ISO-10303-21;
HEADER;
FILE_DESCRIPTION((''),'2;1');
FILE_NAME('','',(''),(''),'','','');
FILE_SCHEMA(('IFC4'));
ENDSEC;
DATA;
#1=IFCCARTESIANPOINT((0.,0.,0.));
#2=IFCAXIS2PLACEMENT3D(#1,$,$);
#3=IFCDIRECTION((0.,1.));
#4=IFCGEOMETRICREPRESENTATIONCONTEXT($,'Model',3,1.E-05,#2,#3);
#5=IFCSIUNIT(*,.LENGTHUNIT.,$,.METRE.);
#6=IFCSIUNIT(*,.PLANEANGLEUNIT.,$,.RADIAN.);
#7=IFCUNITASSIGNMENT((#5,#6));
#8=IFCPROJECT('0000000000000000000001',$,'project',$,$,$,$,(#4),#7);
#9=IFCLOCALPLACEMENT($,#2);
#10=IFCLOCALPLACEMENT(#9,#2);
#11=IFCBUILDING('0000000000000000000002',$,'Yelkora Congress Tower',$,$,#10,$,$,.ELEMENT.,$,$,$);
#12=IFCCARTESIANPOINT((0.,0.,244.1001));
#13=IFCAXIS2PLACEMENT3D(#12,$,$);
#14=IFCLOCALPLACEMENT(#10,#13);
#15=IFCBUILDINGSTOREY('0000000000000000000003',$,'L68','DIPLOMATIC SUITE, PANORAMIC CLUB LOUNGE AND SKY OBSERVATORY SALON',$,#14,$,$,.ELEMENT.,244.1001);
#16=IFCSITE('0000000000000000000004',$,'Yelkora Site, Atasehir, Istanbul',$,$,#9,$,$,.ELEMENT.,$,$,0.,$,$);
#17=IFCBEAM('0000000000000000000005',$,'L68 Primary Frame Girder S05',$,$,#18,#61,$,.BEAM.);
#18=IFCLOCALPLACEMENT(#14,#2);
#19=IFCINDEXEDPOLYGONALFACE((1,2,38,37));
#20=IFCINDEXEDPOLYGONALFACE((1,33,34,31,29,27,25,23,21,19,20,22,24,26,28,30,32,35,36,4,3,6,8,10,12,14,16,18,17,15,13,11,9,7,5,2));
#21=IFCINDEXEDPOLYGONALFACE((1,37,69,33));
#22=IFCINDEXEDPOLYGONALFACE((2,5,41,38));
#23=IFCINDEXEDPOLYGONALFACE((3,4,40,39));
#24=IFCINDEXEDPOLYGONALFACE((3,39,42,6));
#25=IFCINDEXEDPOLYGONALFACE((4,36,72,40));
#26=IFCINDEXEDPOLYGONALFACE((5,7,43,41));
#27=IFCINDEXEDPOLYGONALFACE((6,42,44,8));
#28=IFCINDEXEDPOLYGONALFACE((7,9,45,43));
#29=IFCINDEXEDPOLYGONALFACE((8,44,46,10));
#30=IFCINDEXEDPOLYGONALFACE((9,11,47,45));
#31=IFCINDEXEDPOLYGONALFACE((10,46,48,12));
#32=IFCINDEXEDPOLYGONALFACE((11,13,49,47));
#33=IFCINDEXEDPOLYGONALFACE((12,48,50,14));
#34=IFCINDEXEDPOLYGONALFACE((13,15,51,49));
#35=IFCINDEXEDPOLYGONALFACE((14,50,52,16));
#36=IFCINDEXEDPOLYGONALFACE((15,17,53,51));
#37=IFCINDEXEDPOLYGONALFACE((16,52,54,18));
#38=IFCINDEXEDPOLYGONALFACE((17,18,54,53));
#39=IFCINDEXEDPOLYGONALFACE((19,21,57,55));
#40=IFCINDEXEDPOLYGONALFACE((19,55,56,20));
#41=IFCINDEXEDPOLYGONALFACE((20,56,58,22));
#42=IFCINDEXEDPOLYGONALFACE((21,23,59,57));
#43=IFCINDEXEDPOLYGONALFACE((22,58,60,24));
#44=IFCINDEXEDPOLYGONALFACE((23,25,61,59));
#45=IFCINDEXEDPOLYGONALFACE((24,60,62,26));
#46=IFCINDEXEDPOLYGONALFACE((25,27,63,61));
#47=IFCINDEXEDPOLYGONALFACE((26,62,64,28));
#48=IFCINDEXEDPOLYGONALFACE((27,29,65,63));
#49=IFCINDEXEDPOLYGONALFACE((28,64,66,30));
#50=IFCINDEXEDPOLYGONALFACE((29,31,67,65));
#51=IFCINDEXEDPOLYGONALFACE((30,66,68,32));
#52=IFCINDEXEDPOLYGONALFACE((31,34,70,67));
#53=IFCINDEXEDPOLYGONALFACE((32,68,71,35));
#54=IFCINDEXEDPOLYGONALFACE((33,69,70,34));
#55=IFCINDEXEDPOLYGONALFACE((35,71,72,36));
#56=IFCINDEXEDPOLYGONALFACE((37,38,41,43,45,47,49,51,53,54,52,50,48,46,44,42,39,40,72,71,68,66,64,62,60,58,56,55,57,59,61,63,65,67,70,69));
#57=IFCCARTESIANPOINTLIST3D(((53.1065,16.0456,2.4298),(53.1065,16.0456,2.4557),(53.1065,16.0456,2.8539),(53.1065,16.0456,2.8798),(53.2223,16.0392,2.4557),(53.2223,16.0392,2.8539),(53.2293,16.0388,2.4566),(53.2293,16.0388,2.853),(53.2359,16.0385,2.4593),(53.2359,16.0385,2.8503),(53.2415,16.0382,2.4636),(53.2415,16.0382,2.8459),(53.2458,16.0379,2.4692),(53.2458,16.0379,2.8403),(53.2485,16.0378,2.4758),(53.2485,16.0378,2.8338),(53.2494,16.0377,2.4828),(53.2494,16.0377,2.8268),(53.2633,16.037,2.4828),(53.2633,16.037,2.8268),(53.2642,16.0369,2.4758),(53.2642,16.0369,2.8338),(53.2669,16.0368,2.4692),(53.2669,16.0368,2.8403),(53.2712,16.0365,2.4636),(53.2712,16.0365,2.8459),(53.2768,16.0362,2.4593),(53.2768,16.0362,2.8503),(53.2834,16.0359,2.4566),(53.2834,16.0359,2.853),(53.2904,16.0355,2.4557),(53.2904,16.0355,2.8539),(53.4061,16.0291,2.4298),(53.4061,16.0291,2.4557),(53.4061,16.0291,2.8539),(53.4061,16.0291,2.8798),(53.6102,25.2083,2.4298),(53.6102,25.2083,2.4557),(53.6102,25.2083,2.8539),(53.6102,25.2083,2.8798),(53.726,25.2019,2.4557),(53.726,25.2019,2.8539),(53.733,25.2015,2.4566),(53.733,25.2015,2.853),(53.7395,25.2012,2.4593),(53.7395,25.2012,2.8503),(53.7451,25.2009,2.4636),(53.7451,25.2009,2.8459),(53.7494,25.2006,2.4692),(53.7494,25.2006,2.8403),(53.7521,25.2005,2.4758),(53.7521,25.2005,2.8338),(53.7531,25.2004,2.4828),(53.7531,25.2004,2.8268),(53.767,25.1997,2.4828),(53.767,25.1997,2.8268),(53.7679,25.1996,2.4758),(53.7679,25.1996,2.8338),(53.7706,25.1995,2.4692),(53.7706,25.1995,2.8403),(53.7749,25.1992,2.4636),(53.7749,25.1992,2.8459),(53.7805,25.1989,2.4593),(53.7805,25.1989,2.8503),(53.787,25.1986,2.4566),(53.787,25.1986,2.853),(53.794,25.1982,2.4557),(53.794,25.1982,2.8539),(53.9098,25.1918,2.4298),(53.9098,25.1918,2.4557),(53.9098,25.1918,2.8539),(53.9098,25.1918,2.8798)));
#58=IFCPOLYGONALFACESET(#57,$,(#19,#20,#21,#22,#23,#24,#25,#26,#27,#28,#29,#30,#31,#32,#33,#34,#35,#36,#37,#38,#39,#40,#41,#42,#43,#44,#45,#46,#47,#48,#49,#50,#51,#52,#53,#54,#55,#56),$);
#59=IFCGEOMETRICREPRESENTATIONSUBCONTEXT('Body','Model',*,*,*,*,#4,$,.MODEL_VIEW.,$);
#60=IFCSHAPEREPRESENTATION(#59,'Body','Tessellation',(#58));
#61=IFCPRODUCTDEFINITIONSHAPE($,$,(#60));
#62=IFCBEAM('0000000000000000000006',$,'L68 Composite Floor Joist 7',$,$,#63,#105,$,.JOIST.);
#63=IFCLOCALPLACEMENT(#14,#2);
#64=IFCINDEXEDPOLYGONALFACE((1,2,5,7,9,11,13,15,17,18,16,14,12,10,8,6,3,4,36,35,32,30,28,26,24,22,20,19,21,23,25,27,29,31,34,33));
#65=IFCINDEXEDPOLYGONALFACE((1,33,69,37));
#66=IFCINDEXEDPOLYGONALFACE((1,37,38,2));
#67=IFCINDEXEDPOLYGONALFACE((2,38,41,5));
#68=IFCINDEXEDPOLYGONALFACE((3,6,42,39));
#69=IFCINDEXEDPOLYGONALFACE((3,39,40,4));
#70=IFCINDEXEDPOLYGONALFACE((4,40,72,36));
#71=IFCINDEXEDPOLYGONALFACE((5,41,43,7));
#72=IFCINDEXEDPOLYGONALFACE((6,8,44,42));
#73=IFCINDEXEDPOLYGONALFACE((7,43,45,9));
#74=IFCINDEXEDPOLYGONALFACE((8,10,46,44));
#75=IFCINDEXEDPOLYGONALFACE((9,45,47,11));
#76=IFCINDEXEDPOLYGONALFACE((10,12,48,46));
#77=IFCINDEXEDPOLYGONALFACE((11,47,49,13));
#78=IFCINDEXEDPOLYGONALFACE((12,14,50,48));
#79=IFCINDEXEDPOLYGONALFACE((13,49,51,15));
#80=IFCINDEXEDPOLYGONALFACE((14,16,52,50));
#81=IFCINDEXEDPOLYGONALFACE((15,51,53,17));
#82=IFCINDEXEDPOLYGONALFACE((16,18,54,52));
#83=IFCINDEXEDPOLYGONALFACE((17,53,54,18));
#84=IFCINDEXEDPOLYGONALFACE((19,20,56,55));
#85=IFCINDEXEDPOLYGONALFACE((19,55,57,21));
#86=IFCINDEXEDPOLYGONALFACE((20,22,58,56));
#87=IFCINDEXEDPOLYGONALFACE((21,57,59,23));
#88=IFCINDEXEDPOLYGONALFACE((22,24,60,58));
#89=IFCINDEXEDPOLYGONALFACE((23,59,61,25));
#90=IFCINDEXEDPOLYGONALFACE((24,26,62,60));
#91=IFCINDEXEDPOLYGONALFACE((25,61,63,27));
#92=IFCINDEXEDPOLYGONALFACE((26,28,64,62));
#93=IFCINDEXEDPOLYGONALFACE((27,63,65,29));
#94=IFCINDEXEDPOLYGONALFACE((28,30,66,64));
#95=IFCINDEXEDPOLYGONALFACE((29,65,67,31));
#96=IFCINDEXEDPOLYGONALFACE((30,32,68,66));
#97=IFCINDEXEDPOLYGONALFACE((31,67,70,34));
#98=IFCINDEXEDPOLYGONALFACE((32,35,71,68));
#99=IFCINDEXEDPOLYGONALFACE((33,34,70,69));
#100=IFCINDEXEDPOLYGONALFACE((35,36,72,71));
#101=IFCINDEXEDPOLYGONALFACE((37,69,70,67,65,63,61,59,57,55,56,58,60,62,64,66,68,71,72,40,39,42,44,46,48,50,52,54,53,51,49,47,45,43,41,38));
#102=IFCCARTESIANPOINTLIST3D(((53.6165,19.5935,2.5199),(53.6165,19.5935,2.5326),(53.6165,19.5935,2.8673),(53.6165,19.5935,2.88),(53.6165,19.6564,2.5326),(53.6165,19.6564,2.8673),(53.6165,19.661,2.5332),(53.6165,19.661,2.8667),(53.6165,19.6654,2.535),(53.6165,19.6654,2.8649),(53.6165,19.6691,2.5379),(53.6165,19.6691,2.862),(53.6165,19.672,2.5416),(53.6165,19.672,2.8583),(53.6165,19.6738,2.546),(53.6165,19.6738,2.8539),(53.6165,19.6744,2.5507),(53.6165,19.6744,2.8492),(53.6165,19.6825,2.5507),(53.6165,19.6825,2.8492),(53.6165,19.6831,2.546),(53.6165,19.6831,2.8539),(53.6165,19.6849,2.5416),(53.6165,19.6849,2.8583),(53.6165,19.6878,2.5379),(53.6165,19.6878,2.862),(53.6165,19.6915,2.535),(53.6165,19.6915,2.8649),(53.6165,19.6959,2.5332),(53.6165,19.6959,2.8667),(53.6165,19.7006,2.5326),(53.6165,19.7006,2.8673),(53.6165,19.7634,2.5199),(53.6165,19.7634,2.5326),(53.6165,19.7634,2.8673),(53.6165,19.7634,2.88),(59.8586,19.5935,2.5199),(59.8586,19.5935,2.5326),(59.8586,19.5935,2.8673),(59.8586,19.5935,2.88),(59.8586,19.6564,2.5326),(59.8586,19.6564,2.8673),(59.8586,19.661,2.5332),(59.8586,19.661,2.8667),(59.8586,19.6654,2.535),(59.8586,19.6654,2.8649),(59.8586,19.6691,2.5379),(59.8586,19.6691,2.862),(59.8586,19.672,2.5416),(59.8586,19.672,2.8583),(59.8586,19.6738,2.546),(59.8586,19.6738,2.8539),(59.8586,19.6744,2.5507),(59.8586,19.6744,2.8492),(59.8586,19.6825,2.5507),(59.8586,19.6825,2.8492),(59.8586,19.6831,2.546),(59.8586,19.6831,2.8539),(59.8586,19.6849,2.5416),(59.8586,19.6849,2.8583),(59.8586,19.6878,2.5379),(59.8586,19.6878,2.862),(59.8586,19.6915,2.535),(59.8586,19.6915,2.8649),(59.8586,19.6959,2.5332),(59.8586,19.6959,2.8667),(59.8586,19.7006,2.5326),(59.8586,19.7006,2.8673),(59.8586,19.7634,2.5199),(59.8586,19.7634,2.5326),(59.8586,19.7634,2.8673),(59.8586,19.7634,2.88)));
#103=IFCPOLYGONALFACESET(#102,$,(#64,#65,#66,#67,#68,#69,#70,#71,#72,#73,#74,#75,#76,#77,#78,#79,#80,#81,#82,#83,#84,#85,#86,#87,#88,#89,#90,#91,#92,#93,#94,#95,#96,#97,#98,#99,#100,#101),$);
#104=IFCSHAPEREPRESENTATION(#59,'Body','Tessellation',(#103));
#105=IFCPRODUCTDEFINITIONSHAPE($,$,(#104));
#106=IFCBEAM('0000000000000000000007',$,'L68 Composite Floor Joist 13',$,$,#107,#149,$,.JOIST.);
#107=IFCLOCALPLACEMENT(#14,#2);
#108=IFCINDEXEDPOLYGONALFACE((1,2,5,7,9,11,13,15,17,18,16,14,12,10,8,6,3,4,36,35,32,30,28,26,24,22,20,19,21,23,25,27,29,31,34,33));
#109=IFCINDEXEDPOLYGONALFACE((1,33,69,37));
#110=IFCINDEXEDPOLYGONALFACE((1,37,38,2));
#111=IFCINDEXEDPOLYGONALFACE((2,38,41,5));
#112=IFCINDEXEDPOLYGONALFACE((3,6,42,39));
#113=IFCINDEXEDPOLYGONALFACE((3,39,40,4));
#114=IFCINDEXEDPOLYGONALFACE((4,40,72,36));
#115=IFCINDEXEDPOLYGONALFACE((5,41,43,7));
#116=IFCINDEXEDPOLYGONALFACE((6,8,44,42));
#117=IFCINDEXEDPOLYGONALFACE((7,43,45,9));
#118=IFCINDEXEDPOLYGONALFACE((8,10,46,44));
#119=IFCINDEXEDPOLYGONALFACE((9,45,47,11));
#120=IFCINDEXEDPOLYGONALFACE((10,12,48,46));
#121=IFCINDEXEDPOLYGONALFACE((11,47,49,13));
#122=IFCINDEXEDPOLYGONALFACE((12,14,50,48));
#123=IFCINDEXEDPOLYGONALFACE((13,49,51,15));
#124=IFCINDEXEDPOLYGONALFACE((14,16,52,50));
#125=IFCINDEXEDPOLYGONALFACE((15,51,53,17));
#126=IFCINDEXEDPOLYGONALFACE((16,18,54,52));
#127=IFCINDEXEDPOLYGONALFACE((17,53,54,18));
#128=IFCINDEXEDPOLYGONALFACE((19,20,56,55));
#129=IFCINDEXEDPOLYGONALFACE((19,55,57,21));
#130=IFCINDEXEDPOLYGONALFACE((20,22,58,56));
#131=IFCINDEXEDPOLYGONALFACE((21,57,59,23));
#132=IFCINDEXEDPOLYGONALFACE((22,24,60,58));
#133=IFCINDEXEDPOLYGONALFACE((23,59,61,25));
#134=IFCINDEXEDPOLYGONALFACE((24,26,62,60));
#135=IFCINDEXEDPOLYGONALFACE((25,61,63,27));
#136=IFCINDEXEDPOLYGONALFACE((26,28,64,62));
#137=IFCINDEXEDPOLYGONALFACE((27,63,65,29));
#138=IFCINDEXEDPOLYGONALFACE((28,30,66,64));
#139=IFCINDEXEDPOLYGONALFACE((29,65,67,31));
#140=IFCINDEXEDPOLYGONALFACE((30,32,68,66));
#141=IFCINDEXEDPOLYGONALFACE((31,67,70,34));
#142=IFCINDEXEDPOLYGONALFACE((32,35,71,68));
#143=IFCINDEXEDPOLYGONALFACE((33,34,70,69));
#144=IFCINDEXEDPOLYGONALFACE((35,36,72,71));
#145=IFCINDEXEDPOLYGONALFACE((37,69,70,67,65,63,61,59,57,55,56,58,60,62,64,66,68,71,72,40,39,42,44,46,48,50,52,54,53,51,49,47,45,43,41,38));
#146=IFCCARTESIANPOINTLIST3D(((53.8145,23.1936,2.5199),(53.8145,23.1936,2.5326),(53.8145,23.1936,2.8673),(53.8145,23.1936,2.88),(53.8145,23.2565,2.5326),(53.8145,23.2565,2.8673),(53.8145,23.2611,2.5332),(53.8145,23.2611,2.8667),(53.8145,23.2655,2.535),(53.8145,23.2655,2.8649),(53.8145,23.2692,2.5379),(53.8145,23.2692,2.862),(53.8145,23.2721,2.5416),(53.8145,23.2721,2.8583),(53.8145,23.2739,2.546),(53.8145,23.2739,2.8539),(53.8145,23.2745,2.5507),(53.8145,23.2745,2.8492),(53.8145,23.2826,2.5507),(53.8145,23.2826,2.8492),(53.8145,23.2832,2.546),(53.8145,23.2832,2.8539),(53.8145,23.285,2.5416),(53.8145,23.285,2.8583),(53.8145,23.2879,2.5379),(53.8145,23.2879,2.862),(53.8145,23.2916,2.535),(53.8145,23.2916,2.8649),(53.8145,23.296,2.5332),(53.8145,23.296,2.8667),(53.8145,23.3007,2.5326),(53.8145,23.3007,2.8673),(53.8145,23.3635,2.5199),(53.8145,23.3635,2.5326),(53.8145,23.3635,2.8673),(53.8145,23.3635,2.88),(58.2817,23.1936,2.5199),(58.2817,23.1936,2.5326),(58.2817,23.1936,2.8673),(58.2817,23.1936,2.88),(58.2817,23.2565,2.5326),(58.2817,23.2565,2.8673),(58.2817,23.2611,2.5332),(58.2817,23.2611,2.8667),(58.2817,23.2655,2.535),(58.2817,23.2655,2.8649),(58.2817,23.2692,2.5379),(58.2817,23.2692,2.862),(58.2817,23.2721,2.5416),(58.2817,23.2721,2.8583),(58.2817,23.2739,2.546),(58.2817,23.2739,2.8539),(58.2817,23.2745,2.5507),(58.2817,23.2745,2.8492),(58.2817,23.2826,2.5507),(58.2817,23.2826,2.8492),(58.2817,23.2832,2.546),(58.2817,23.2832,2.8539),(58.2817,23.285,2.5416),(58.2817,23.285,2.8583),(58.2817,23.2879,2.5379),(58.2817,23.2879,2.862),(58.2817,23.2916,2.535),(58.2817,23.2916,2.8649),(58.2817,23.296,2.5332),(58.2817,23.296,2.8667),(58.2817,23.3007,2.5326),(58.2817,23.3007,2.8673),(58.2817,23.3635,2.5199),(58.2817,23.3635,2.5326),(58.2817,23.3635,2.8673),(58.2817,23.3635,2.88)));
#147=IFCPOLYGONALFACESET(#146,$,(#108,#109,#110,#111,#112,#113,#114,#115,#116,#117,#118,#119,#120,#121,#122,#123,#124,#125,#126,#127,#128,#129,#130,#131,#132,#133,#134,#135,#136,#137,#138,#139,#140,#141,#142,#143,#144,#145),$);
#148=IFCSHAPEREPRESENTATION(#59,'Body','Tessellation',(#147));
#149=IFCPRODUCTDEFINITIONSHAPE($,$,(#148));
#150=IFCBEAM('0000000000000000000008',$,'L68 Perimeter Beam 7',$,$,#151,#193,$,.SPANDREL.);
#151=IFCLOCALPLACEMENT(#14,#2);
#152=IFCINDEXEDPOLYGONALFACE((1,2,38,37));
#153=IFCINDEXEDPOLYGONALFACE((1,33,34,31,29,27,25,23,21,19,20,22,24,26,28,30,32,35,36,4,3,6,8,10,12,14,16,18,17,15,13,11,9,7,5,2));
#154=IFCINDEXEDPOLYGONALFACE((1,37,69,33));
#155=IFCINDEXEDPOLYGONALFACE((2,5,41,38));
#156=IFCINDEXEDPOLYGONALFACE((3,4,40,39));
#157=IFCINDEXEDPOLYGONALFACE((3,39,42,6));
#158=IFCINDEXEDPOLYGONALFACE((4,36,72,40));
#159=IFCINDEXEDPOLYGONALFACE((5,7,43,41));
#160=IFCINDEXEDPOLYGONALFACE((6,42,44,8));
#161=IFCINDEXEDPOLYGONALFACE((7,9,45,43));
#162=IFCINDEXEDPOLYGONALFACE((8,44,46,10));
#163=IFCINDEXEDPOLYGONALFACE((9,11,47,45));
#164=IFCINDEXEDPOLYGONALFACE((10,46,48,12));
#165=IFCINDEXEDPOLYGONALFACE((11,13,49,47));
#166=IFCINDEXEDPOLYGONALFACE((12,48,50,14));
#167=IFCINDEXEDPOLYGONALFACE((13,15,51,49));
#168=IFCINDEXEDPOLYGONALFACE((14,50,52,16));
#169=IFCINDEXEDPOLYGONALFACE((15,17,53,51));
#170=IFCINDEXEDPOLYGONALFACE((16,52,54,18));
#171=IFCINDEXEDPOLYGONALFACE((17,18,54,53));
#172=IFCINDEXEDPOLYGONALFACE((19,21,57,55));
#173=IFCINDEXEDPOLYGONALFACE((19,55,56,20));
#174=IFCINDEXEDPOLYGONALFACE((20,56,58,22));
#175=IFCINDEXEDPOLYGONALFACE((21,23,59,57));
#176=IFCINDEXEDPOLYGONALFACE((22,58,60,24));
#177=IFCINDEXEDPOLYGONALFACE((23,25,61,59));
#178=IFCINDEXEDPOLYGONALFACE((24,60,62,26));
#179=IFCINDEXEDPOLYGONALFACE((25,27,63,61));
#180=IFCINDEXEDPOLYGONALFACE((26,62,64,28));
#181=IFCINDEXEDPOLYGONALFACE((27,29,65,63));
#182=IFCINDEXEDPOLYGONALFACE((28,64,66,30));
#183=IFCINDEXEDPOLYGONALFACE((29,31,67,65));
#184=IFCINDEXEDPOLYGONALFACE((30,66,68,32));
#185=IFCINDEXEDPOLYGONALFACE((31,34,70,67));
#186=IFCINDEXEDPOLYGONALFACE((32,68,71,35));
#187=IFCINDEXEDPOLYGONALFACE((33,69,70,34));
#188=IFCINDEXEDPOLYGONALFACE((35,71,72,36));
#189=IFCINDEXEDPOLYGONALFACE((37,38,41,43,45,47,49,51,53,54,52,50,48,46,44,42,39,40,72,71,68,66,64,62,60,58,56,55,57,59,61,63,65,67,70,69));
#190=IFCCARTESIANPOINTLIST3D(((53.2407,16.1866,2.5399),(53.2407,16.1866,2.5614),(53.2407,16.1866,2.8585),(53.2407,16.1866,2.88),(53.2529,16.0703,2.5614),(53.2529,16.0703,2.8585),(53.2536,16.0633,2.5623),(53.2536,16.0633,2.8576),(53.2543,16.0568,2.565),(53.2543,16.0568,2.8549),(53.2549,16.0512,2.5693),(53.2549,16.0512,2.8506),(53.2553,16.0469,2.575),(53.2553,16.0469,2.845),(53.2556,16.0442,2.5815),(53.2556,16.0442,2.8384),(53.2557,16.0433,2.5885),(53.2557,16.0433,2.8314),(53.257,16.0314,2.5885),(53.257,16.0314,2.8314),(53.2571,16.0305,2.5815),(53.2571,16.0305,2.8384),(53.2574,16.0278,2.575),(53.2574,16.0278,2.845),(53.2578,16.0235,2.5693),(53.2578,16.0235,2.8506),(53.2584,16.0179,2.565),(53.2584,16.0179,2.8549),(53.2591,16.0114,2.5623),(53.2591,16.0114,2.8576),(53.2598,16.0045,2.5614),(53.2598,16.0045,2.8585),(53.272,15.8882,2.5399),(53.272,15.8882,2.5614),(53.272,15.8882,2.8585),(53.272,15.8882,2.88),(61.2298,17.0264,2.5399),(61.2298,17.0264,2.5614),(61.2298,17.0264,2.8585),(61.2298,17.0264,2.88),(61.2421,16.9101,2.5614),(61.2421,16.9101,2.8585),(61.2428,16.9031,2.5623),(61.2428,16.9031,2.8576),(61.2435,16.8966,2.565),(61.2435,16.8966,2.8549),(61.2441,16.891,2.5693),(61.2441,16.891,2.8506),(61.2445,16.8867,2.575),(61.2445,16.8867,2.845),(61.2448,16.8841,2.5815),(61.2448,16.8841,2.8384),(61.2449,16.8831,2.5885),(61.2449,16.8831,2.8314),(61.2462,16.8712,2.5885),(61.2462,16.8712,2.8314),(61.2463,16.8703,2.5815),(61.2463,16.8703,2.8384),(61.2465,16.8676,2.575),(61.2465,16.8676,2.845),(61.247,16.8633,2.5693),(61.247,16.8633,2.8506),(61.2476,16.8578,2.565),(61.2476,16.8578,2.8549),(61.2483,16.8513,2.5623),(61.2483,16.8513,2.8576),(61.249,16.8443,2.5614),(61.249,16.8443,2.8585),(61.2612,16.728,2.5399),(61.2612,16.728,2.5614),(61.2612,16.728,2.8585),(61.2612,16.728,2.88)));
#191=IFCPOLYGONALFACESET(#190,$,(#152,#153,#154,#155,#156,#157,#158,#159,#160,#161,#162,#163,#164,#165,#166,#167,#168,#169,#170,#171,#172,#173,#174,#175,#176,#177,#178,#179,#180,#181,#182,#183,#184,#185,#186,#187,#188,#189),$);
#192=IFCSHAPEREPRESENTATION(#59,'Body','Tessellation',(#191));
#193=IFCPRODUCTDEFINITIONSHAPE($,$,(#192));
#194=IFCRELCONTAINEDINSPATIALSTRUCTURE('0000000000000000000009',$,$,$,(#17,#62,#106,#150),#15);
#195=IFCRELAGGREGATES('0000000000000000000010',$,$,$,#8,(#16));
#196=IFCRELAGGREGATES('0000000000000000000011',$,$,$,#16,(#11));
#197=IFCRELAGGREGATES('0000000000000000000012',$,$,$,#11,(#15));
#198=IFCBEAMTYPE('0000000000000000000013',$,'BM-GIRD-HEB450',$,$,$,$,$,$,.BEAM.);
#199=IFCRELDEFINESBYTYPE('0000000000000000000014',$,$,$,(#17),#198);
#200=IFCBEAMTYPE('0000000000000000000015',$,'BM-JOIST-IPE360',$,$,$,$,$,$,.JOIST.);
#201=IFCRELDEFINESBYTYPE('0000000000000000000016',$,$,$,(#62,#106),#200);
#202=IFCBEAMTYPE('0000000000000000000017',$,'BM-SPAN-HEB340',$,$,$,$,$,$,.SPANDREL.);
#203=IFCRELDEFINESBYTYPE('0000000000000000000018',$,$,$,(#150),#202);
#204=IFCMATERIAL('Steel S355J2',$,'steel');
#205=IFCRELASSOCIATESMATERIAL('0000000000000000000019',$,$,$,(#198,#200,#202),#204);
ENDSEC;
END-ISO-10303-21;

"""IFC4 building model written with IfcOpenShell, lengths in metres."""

from ifc_helpers import new_model, si_unit, direction, frame, origin, origin_2d, place, context, subcontext, project, spatial, i_section, extrude, material, material_profile, profile_set, type_object, element, save


model = new_model("IFC4")

# Units and contexts
model_context = context("Model", 3, precision=1e-05, world=origin(), true_north=direction((0.0, 1.0)))
body_context = subcontext(model_context, "Body", "Model", "MODEL_VIEW")
ifc_project = project(units=[si_unit("LENGTHUNIT", "METRE"), si_unit("PLANEANGLEUNIT", "RADIAN")], contexts=[model_context])

# Site, building, storey
site_placement = place(None, origin())
site = spatial("IfcSite", under=ifc_project, at=site_placement, Name="Yelkora Site, Atasehir, Istanbul", CompositionType="ELEMENT", RefElevation=0.0)
building_placement = place(site_placement, origin())
building = spatial("IfcBuilding", under=site, at=building_placement, Name="Yelkora Congress Tower", CompositionType="ELEMENT")
storey_placement = place(building_placement, frame((0.0, 0.0, 244.1001)))
storey = spatial("IfcBuildingStorey", under=building, at=storey_placement, Name="L68", Description="DIPLOMATIC SUITE, PANORAMIC CLUB LOUNGE AND SKY OBSERVATORY SALON", CompositionType="ELEMENT", Elevation=244.1001)

# Shared definitions
ifc_material_1 = material(Name="Steel S355J2", Category="steel")

# Beams
ifc_material_profile_1 = material_profile(ifc_material_1, i_section(OverallWidth=0.3, OverallDepth=0.45, WebThickness=0.0139, FlangeThickness=0.0259, FilletRadius=0.0271, at=origin_2d()), Name="HEB 450")
ifc_profile_set_1 = profile_set([ifc_material_profile_1], Name="Steel S355J2")
beam_type_1 = type_object("IfcBeamType", Name="BM-GIRD-HEB450", PredefinedType="BEAM", material=ifc_profile_set_1)
beam_1_placement = place(storey_placement, frame((53.2563, 16.0374, 2.6548), z_axis=(0.054886, 0.998493, 0.0), x_axis=(-0.998493, 0.054886, 0.0)))
element("IfcBeam", 1, at=beam_1_placement, inside=storey, type_object=beam_type_1, Name="L68 Primary Frame Girder S05", PredefinedType="BEAM", context=body_context, shape_type="SweptSolid", body=[
    extrude(i_section(OverallWidth=0.3, OverallDepth=0.45, WebThickness=0.0139, FlangeThickness=0.0259, FilletRadius=0.0271, at=origin_2d()), origin(), (0.0, 0.0, 1.0), 9.1765),
])
ifc_material_profile_2 = material_profile(ifc_material_1, i_section(OverallWidth=0.1699, OverallDepth=0.3601, WebThickness=0.0081, FlangeThickness=0.0127, FilletRadius=0.0181, at=origin_2d()), Name="IPE 360")
ifc_profile_set_2 = profile_set([ifc_material_profile_2], Name="Steel S355J2")
beam_type_2 = type_object("IfcBeamType", Name="BM-JOIST-IPE360", PredefinedType="JOIST", material=ifc_profile_set_2)
beam_2_placement = place(storey_placement, frame((53.6165, 19.6785, 2.7), z_axis=(1.0, 0.0, 0.0), x_axis=(0.0, 1.0, 0.0)))
element("IfcBeam", 2, at=beam_2_placement, inside=storey, type_object=beam_type_2, Name="L68 Composite Floor Joist 7", PredefinedType="JOIST", context=body_context, shape_type="SweptSolid", body=[
    extrude(i_section(OverallWidth=0.1699, OverallDepth=0.3601, WebThickness=0.0081, FlangeThickness=0.0127, FilletRadius=0.0181, at=origin_2d()), origin(), (0.0, 0.0, 1.0), 6.2422),
])
beam_3_placement = place(storey_placement, frame((53.8145, 23.2786, 2.7), z_axis=(1.0, 0.0, 0.0), x_axis=(0.0, 1.0, 0.0)))
element("IfcBeam", 3, at=beam_3_placement, inside=storey, type_object=beam_type_2, Name="L68 Composite Floor Joist 13", PredefinedType="JOIST", context=body_context, shape_type="SweptSolid", body=[
    extrude(i_section(OverallWidth=0.1699, OverallDepth=0.3601, WebThickness=0.0081, FlangeThickness=0.0127, FilletRadius=0.0181, at=origin_2d()), origin(), (0.0, 0.0, 1.0), 4.4673),
])
ifc_material_profile_3 = material_profile(ifc_material_1, i_section(OverallWidth=0.3, OverallDepth=0.3401, WebThickness=0.012, FlangeThickness=0.0215, FilletRadius=0.0271, at=origin_2d()), Name="HEB 340")
ifc_profile_set_3 = profile_set([ifc_material_profile_3], Name="Steel S355J2")
beam_type_3 = type_object("IfcBeamType", Name="BM-SPAN-HEB340", PredefinedType="SPANDREL", material=ifc_profile_set_3)
beam_4_placement = place(storey_placement, frame((53.2563, 16.0374, 2.71), z_axis=(0.99452, 0.104546, 0.0), x_axis=(-0.104546, 0.99452, 0.0)))
element("IfcBeam", 4, at=beam_4_placement, inside=storey, type_object=beam_type_3, Name="L68 Perimeter Beam 7", PredefinedType="SPANDREL", context=body_context, shape_type="SweptSolid", body=[
    extrude(i_section(OverallWidth=0.3, OverallDepth=0.3401, WebThickness=0.012, FlangeThickness=0.0215, FilletRadius=0.0271, at=origin_2d()), origin(), (0.0, 0.0, 1.0), 8.0332),
])

save(model, "model.ifc")
